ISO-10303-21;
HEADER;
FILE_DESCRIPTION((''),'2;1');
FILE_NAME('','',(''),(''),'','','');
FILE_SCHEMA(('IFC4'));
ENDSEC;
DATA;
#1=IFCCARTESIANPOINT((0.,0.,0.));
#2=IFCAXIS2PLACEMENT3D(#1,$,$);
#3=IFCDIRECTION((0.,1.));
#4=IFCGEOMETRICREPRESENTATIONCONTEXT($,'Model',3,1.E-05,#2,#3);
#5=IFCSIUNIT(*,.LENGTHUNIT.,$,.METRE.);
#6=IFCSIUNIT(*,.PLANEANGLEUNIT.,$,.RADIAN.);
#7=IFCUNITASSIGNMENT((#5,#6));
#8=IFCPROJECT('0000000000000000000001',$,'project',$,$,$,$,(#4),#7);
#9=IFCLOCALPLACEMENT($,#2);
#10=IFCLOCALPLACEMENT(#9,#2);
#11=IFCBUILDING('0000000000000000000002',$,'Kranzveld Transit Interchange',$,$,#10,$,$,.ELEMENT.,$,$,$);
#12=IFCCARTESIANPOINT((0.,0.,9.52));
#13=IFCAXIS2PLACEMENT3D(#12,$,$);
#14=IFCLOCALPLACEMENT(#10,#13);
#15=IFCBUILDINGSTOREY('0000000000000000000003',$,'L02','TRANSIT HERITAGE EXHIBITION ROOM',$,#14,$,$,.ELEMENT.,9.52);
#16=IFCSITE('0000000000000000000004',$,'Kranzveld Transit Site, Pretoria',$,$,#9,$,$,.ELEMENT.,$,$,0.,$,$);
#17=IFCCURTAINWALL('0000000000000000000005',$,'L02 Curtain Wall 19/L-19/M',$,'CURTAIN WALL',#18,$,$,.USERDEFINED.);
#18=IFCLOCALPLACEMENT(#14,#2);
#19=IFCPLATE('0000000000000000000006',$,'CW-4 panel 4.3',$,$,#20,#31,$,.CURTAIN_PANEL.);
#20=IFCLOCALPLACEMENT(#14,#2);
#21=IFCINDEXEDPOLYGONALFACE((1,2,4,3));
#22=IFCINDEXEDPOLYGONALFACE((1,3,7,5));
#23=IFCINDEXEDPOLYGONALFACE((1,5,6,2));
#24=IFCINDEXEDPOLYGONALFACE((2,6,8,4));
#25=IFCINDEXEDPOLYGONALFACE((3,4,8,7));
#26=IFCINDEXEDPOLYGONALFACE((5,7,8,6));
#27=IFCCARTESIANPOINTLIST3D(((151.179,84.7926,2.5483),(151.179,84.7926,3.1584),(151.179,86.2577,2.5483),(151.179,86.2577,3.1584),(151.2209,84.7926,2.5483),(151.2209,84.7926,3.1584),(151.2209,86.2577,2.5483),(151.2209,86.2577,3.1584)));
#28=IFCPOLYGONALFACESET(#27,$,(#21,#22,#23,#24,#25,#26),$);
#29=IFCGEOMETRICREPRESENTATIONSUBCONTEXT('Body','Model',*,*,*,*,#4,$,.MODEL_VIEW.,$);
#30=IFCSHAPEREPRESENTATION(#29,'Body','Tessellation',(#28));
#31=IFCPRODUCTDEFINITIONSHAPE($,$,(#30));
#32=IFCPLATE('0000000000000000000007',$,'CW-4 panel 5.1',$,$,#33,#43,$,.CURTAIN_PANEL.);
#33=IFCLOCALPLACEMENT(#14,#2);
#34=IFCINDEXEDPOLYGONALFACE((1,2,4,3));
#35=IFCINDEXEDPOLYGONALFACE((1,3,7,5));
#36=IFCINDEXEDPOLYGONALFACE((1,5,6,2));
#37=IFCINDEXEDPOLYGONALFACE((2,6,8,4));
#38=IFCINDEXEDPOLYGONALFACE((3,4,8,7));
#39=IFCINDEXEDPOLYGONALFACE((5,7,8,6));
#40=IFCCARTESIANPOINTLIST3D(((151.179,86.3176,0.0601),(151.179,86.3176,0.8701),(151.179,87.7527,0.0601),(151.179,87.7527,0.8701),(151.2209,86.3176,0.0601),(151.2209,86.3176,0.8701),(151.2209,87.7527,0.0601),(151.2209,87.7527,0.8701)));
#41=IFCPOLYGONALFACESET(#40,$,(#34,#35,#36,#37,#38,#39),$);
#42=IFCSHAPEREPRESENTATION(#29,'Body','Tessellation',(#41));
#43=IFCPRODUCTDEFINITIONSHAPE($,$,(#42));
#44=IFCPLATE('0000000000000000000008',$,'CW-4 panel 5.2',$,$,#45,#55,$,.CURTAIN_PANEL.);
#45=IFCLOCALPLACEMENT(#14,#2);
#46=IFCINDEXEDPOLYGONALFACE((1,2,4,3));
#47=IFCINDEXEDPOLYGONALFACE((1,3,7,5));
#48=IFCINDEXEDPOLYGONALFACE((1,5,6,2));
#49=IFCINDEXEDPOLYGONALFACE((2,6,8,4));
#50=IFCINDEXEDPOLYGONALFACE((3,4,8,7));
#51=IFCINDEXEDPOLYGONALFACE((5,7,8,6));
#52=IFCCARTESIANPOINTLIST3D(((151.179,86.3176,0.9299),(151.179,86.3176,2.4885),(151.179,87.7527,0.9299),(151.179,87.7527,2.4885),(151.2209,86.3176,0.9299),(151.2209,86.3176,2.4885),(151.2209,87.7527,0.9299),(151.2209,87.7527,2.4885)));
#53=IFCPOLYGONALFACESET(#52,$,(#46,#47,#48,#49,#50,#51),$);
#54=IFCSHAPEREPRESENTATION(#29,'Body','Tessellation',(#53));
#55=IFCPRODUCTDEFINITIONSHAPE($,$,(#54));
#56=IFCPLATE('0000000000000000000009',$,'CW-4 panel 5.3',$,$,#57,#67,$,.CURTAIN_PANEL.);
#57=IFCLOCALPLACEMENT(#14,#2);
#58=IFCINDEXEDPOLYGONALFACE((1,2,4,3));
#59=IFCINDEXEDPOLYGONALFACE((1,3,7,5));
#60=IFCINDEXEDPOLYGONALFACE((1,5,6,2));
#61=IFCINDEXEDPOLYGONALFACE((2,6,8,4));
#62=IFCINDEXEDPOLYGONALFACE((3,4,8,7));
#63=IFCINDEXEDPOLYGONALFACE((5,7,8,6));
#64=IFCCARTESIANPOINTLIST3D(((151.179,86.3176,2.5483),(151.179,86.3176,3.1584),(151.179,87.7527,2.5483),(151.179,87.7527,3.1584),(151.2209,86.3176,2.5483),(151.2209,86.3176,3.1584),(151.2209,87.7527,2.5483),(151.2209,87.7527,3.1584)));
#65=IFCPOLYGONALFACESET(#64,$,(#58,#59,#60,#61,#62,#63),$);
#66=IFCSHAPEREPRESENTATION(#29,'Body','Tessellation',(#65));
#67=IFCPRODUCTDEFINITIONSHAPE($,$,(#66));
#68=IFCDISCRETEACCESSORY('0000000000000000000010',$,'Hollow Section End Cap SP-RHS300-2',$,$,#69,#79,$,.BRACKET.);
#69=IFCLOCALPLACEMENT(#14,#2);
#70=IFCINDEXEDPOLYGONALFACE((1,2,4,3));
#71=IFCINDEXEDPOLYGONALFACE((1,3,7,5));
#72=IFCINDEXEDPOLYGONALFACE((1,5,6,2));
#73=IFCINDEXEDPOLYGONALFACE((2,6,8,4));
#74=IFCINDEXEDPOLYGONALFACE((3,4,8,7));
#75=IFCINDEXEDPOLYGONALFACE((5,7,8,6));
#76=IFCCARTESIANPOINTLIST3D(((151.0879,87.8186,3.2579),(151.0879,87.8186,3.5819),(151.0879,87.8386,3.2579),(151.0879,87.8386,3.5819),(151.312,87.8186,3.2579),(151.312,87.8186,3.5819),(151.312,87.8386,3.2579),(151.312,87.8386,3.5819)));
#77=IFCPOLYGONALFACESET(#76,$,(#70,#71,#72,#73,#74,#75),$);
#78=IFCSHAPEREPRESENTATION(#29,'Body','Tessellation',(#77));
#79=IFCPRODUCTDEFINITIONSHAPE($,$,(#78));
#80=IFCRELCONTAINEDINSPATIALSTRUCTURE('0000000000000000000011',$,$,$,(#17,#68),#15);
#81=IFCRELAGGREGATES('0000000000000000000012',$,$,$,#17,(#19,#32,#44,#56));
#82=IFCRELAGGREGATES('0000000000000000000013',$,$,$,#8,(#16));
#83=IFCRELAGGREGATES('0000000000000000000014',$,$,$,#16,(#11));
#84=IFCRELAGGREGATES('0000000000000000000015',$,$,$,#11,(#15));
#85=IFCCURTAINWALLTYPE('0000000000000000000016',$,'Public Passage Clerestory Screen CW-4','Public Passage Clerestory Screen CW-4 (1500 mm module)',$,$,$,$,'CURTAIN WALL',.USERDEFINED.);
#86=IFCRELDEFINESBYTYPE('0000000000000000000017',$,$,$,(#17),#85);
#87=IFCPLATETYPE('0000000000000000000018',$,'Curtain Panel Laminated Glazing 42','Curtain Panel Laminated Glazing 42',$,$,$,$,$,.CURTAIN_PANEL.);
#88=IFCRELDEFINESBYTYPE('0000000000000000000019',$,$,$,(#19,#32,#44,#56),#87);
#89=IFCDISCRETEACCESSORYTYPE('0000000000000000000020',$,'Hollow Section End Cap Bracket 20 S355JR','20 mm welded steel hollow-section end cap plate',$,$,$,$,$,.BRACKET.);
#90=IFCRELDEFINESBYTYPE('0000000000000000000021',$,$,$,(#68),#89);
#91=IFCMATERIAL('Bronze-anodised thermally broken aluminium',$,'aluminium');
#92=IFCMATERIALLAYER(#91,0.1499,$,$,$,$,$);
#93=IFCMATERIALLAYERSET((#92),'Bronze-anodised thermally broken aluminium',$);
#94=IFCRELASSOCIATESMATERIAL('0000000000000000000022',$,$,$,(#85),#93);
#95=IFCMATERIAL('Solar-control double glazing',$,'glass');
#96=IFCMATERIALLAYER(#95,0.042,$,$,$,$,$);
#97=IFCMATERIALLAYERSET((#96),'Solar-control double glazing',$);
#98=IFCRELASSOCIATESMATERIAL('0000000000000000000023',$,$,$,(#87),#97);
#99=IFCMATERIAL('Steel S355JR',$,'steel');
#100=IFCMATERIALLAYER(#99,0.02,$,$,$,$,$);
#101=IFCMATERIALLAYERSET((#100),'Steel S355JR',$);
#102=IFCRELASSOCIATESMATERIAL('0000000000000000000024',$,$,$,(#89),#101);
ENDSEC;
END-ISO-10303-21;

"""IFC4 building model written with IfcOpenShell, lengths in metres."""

from ifc_helpers import new_model, si_unit, direction, frame, origin, origin_2d, place, context, subcontext, project, spatial, rectangle, extrude, material, layer, layer_set, type_object, element, aggregate, save


model = new_model("IFC4")

# Units and contexts
model_context = context("Model", 3, precision=1e-05, world=origin(), true_north=direction((0.0, 1.0)))
body_context = subcontext(model_context, "Body", "Model", "MODEL_VIEW")
ifc_project = project(units=[si_unit("LENGTHUNIT", "METRE"), si_unit("PLANEANGLEUNIT", "RADIAN")], contexts=[model_context])

# Site, building, storey
site_placement = place(None, origin())
site = spatial("IfcSite", under=ifc_project, at=site_placement, Name="Kranzveld Transit Site, Pretoria", CompositionType="ELEMENT", RefElevation=0.0)
building_placement = place(site_placement, origin())
building = spatial("IfcBuilding", under=site, at=building_placement, Name="Kranzveld Transit Interchange", CompositionType="ELEMENT")
storey_placement = place(building_placement, frame((0.0, 0.0, 9.52)))
storey = spatial("IfcBuildingStorey", under=building, at=storey_placement, Name="L02", Description="TRANSIT HERITAGE EXHIBITION ROOM", CompositionType="ELEMENT", Elevation=9.52)

# Curtain wall, plates
ifc_material_1 = material(Name="Bronze-anodised thermally broken aluminium", Category="aluminium")
ifc_layer_1 = layer(ifc_material_1, 0.1499)
ifc_layer_set_1 = layer_set([ifc_layer_1], Name="Bronze-anodised thermally broken aluminium")
curtain_wall_type = type_object("IfcCurtainWallType", Name="Public Passage Clerestory Screen CW-4", Description="Public Passage Clerestory Screen CW-4 (1500 mm module)", ElementType="CURTAIN WALL", PredefinedType="USERDEFINED", material=ifc_layer_set_1)
curtain_wall_placement = place(storey_placement, origin())
curtain_wall = element("IfcCurtainWall", 1, at=curtain_wall_placement, inside=storey, type_object=curtain_wall_type, Name="L02 Curtain Wall 19/L-19/M", ObjectType="CURTAIN WALL", PredefinedType="USERDEFINED")
ifc_material_2 = material(Name="Solar-control double glazing", Category="glass")
ifc_layer_2 = layer(ifc_material_2, 0.042)
ifc_layer_set_2 = layer_set([ifc_layer_2], Name="Solar-control double glazing")
plate_type = type_object("IfcPlateType", Name="Curtain Panel Laminated Glazing 42", Description="Curtain Panel Laminated Glazing 42", PredefinedType="CURTAIN_PANEL", material=ifc_layer_set_2)
plate_1_placement = place(storey_placement, frame((151.2, 85.5251, 2.5483), z_axis=(0.0, 0.0, 1.0), x_axis=(0.0, 1.0, 0.0)))
plate_1 = element("IfcPlate", 2, at=plate_1_placement, type_object=plate_type, Name="CW-4 panel 4.3", PredefinedType="CURTAIN_PANEL", context=body_context, shape_type="SweptSolid", body=[
    extrude(rectangle(XDim=1.4651, YDim=0.042, at=origin_2d()), origin(), (0.0, 0.0, 1.0), 0.6101),
])
plate_2_placement = place(storey_placement, frame((151.2, 87.0352, 0.0601), z_axis=(0.0, 0.0, 1.0), x_axis=(0.0, 1.0, 0.0)))
plate_2 = element("IfcPlate", 3, at=plate_2_placement, type_object=plate_type, Name="CW-4 panel 5.1", PredefinedType="CURTAIN_PANEL", context=body_context, shape_type="SweptSolid", body=[
    extrude(rectangle(XDim=1.4351, YDim=0.042, at=origin_2d()), origin(), (0.0, 0.0, 1.0), 0.8101),
])
plate_3_placement = place(storey_placement, frame((151.2, 87.0352, 0.9299), z_axis=(0.0, 0.0, 1.0), x_axis=(0.0, 1.0, 0.0)))
plate_3 = element("IfcPlate", 4, at=plate_3_placement, type_object=plate_type, Name="CW-4 panel 5.2", PredefinedType="CURTAIN_PANEL", context=body_context, shape_type="SweptSolid", body=[
    extrude(rectangle(XDim=1.4351, YDim=0.042, at=origin_2d()), origin(), (0.0, 0.0, 1.0), 1.5586),
])
plate_4_placement = place(storey_placement, frame((151.2, 87.0352, 2.5483), z_axis=(0.0, 0.0, 1.0), x_axis=(0.0, 1.0, 0.0)))
plate_4 = element("IfcPlate", 5, at=plate_4_placement, type_object=plate_type, Name="CW-4 panel 5.3", PredefinedType="CURTAIN_PANEL", context=body_context, shape_type="SweptSolid", body=[
    extrude(rectangle(XDim=1.4351, YDim=0.042, at=origin_2d()), origin(), (0.0, 0.0, 1.0), 0.6101),
])
aggregate(curtain_wall, [plate_1, plate_2, plate_3, plate_4])

# Discrete accessory
ifc_material_3 = material(Name="Steel S355JR", Category="steel")
ifc_layer_3 = layer(ifc_material_3, 0.02)
ifc_layer_set_3 = layer_set([ifc_layer_3], Name="Steel S355JR")
discrete_accessory_type = type_object("IfcDiscreteAccessoryType", Name="Hollow Section End Cap Bracket 20 S355JR", Description="20 mm welded steel hollow-section end cap plate", PredefinedType="BRACKET", material=ifc_layer_set_3)
discrete_accessory_placement = place(storey_placement, frame((151.2, 87.8186, 3.4199), z_axis=(0.0, 1.0, 0.0), x_axis=(-1.0, 0.0, 0.0)))
element("IfcDiscreteAccessory", 6, at=discrete_accessory_placement, inside=storey, type_object=discrete_accessory_type, Name="Hollow Section End Cap SP-RHS300-2", PredefinedType="BRACKET", context=body_context, shape_type="SweptSolid", body=[
    extrude(rectangle(XDim=0.2241, YDim=0.324, at=origin_2d()), origin(), (0.0, 0.0, 1.0), 0.02),
])

save(model, "model.ifc")
